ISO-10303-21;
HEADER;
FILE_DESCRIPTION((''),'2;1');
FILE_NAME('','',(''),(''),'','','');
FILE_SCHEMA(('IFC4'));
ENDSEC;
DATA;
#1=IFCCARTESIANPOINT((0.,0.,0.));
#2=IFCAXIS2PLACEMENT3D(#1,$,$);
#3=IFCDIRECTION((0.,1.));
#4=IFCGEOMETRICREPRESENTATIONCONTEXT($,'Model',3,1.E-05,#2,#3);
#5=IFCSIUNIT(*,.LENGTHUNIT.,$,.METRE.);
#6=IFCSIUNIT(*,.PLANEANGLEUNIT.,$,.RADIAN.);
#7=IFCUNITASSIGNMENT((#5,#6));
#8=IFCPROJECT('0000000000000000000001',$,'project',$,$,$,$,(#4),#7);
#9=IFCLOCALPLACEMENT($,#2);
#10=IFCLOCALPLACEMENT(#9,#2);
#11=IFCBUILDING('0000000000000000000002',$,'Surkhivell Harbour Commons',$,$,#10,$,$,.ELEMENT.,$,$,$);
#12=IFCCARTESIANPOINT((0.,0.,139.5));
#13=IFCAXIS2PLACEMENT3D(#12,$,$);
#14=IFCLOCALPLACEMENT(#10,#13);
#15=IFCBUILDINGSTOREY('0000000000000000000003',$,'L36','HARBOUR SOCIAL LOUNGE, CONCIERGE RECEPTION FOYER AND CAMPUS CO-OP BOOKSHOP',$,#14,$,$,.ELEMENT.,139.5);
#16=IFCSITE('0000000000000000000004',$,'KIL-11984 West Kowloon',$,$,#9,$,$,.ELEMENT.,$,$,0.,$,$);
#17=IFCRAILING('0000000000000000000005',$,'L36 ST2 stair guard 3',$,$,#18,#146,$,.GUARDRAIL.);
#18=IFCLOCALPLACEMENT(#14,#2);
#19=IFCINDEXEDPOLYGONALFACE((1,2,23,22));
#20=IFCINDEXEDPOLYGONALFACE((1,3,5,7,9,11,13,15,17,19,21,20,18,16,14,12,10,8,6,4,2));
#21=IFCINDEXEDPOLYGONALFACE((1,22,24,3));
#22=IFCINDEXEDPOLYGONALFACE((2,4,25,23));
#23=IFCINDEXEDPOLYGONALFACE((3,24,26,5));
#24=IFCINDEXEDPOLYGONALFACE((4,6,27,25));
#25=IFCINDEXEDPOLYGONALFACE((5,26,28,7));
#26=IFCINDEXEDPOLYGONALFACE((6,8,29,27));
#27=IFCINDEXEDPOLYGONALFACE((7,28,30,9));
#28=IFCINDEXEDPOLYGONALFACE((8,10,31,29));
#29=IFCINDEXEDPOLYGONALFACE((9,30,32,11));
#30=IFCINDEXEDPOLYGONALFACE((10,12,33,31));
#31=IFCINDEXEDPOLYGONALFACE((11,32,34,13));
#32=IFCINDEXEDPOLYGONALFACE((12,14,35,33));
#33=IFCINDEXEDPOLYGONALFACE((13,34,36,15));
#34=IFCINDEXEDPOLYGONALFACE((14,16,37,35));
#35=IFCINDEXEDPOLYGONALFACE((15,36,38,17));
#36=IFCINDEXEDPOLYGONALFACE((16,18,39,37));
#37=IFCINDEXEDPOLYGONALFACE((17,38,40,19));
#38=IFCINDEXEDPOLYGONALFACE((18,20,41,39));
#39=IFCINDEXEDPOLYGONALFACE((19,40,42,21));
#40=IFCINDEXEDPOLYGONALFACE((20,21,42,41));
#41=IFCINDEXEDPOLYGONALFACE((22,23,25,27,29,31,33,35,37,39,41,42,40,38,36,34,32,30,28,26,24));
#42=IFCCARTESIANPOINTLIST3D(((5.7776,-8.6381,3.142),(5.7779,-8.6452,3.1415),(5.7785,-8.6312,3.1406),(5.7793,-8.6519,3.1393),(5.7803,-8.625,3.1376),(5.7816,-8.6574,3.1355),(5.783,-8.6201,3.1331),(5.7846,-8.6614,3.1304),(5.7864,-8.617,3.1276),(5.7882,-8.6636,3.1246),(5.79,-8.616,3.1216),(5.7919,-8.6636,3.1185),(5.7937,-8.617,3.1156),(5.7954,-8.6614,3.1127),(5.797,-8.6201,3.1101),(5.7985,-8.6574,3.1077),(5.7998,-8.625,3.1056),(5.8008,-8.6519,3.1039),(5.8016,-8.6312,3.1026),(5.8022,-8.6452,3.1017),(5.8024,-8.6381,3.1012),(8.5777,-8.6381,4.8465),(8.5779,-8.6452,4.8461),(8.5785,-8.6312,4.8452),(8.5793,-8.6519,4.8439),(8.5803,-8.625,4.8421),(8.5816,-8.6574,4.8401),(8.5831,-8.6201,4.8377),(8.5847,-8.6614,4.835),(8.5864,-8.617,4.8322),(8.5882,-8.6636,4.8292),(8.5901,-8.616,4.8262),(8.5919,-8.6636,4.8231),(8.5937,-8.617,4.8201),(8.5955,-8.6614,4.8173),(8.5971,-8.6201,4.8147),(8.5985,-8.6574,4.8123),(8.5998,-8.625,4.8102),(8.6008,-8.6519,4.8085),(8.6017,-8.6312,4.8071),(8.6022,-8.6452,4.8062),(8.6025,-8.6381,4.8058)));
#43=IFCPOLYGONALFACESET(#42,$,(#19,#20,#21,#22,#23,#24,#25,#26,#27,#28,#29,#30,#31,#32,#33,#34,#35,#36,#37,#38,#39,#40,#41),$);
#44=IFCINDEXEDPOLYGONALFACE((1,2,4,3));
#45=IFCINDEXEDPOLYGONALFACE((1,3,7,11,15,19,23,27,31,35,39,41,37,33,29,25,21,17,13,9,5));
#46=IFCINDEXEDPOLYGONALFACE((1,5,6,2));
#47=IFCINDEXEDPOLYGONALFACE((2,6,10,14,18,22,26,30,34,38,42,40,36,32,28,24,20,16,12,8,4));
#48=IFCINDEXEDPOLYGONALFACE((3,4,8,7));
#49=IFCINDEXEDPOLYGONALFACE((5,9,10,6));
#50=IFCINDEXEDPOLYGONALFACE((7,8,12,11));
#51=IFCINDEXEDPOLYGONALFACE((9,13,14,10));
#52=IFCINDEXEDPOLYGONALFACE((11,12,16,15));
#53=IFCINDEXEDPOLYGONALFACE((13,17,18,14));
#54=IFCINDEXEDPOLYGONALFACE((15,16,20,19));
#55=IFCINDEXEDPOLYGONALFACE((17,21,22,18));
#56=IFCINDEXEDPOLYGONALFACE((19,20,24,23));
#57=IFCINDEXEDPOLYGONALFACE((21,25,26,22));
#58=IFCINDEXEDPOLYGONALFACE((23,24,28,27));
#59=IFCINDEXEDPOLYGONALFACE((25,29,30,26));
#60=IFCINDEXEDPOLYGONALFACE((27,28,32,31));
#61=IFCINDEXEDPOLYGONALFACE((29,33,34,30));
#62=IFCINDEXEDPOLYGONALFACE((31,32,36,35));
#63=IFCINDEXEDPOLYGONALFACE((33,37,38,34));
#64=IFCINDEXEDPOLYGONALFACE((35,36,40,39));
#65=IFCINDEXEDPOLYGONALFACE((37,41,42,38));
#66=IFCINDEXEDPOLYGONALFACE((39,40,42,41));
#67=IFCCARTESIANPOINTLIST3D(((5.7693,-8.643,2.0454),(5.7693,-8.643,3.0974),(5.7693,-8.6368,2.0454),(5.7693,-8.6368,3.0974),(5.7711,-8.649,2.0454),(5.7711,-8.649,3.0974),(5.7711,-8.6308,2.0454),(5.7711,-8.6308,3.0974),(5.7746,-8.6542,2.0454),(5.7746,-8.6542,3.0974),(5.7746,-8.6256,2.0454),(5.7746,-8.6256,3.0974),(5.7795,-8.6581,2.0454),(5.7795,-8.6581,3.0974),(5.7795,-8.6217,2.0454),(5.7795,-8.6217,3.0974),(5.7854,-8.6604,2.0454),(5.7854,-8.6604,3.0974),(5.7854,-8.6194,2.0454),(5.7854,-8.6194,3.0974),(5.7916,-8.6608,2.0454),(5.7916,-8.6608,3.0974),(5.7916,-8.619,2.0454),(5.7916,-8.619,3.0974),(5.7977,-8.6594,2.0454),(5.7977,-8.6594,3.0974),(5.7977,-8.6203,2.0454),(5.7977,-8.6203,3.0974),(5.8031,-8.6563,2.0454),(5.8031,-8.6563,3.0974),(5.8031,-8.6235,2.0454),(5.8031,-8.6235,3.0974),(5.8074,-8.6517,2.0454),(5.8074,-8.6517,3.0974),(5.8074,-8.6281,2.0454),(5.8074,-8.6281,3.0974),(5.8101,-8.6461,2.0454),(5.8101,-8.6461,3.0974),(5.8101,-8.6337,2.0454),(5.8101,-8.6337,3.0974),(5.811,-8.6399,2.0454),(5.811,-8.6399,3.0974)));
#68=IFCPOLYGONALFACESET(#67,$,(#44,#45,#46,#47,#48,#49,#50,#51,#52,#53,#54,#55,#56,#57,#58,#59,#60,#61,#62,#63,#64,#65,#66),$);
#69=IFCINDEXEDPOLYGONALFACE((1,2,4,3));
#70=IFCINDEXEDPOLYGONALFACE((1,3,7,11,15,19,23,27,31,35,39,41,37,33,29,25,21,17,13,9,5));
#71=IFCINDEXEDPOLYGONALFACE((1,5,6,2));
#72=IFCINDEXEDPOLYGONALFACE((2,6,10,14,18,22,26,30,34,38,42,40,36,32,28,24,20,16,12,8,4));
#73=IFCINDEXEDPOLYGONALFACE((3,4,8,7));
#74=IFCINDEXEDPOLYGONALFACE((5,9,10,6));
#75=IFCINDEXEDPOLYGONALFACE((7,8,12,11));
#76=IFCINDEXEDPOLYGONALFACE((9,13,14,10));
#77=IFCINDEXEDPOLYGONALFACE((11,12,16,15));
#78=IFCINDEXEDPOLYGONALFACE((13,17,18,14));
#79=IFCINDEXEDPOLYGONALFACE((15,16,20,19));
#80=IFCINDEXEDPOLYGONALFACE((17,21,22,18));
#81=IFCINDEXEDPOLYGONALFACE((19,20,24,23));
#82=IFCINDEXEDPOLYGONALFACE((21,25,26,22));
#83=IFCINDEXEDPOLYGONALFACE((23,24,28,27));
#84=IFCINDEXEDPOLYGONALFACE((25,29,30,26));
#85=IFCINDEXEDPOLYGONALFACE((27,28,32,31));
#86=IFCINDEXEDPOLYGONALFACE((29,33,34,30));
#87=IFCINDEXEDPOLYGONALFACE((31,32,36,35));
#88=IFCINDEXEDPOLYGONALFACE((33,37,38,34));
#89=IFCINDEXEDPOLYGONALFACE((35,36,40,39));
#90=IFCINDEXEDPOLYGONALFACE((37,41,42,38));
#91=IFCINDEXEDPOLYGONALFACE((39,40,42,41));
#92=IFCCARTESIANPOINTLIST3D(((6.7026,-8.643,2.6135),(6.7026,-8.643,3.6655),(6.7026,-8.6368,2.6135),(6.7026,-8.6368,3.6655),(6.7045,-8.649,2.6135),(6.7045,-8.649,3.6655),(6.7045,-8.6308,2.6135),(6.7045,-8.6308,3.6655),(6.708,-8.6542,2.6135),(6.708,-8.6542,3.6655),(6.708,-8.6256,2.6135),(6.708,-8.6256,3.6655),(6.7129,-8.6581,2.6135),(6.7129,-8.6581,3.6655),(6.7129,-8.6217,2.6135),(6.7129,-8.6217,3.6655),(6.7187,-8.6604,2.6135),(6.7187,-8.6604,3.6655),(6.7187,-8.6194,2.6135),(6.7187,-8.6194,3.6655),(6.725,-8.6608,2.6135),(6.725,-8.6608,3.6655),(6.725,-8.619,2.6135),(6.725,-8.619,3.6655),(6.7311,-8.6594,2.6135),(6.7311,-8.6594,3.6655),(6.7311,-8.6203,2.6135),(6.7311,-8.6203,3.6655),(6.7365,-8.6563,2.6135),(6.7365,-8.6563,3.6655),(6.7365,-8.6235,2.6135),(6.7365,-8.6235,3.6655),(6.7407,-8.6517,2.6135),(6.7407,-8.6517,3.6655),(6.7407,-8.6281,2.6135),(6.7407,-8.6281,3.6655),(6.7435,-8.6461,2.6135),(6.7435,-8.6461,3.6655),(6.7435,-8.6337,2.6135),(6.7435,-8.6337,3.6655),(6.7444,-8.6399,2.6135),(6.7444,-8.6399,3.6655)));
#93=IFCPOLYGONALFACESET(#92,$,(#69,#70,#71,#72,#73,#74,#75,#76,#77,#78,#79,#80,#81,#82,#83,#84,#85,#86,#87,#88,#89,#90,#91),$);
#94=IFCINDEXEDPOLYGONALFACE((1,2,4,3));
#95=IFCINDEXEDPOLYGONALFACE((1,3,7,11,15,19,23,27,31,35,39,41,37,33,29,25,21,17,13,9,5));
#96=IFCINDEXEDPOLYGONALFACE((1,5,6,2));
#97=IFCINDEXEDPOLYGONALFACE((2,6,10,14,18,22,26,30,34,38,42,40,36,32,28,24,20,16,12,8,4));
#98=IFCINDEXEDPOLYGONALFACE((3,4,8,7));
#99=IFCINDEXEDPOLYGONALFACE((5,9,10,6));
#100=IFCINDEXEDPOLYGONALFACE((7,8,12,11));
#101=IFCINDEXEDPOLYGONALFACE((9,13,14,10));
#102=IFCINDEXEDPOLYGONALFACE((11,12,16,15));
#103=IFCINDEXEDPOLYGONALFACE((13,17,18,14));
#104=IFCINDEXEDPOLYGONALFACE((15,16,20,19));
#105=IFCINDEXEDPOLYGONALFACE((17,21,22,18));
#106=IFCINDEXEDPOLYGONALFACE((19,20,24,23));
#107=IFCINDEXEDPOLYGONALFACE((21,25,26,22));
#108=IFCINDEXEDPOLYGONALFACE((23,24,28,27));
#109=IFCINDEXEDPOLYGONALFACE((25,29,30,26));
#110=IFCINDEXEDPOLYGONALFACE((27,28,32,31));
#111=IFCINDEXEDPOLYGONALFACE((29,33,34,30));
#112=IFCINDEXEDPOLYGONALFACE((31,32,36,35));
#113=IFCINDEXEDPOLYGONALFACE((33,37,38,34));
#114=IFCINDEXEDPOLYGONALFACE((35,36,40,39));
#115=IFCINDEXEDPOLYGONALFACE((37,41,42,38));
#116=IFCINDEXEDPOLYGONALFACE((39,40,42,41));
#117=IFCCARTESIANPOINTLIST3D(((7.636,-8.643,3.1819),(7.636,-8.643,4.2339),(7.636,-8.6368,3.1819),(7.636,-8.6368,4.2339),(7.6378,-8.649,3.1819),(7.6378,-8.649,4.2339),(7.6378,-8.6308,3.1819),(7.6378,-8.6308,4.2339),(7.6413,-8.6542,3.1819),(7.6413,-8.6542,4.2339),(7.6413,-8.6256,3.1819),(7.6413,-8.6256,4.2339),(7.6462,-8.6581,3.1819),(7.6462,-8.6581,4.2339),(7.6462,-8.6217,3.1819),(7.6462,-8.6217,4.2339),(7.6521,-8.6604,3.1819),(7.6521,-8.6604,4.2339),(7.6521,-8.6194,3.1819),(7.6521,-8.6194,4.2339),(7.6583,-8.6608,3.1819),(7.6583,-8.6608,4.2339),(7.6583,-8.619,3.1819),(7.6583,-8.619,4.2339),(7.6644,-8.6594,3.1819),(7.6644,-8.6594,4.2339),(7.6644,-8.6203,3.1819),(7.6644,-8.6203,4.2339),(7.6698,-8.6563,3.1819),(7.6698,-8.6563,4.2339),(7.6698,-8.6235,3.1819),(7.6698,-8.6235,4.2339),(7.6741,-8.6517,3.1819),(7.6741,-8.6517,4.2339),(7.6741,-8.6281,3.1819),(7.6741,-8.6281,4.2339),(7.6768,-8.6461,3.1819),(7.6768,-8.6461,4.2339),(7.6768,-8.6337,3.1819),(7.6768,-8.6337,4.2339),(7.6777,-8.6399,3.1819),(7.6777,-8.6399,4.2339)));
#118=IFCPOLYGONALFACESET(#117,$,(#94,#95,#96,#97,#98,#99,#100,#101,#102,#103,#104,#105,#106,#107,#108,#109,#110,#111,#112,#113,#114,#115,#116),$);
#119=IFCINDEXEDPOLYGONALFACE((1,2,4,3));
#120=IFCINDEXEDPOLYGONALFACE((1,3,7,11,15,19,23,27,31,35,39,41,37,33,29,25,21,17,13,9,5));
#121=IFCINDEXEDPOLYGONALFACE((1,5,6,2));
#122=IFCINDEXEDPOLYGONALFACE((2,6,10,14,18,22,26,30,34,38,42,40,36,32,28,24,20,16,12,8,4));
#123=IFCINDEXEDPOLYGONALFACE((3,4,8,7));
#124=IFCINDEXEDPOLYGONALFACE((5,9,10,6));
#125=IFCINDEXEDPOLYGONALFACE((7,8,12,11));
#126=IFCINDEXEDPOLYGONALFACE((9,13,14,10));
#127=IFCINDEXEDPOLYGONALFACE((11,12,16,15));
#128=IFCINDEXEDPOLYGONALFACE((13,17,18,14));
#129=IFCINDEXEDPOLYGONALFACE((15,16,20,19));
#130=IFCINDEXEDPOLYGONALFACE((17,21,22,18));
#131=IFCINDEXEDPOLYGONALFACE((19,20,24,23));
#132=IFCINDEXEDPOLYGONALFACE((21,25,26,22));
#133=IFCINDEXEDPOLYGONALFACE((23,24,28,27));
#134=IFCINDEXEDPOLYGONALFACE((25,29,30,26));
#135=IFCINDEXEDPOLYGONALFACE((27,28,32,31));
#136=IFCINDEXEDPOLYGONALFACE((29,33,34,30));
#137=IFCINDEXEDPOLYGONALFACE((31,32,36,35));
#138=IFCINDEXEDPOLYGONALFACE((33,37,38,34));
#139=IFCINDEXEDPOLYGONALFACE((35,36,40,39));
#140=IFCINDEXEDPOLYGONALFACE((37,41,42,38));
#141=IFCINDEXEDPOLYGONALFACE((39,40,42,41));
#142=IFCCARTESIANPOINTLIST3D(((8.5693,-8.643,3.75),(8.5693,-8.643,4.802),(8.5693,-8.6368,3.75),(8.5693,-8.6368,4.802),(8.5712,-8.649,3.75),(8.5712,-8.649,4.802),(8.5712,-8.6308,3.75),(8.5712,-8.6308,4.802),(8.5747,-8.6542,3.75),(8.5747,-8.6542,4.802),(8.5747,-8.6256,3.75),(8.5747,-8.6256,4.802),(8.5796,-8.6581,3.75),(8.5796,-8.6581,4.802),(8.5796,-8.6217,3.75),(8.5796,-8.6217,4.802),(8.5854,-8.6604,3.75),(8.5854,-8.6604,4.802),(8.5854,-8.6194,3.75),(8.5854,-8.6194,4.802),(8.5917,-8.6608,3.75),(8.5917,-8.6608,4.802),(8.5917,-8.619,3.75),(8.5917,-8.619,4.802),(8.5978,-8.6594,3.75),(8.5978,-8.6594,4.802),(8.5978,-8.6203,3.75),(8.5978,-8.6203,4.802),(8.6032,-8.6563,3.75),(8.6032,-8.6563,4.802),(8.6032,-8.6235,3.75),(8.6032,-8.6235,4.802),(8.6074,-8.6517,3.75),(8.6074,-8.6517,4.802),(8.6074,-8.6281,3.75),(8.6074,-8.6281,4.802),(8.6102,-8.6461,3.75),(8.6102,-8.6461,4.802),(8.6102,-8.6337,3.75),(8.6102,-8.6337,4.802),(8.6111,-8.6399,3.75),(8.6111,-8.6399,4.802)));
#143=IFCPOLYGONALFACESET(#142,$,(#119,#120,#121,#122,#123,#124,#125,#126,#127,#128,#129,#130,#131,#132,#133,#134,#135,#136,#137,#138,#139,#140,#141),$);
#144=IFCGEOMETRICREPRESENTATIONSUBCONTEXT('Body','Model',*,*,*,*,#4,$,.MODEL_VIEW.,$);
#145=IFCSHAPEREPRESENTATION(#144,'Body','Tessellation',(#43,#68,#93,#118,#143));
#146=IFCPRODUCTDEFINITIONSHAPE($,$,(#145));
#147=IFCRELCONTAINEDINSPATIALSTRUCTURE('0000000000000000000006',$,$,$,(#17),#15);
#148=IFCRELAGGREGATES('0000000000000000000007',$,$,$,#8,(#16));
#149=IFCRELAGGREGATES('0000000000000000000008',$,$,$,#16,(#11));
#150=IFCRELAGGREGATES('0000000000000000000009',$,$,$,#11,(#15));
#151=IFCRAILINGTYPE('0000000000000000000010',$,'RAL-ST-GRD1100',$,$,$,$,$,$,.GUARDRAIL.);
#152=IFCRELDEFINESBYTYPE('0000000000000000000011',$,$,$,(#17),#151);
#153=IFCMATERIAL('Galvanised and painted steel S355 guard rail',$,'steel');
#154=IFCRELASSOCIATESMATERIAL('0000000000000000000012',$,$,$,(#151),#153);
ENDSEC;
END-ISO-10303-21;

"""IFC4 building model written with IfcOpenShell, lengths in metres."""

from ifc_helpers import new_model, si_unit, direction, frame, origin, origin_2d, place, context, subcontext, project, spatial, circle, extrude, material, type_object, element, save


model = new_model("IFC4")

# Units and contexts
model_context = context("Model", 3, precision=1e-05, world=origin(), true_north=direction((0.0, 1.0)))
body_context = subcontext(model_context, "Body", "Model", "MODEL_VIEW")
ifc_project = project(units=[si_unit("LENGTHUNIT", "METRE"), si_unit("PLANEANGLEUNIT", "RADIAN")], contexts=[model_context])

# Site, building, storey
site_placement = place(None, origin())
site = spatial("IfcSite", under=ifc_project, at=site_placement, Name="KIL-11984 West Kowloon", CompositionType="ELEMENT", RefElevation=0.0)
building_placement = place(site_placement, origin())
building = spatial("IfcBuilding", under=site, at=building_placement, Name="Surkhivell Harbour Commons", CompositionType="ELEMENT")
storey_placement = place(building_placement, frame((0.0, 0.0, 139.5)))
storey = spatial("IfcBuildingStorey", under=building, at=storey_placement, Name="L36", Description="HARBOUR SOCIAL LOUNGE, CONCIERGE RECEPTION FOYER AND CAMPUS CO-OP BOOKSHOP", CompositionType="ELEMENT", Elevation=139.5)

# Railing
ifc_material_1 = material(Name="Galvanised and painted steel S355 guard rail", Category="steel")
railing_type = type_object("IfcRailingType", Name="RAL-ST-GRD1100", PredefinedType="GUARDRAIL", material=ifc_material_1)
railing_1_placement = place(storey_placement, frame((5.79, -8.6399, 2.0454)))
element("IfcRailing", 1, at=railing_1_placement, inside=storey, type_object=railing_type, Name="L36 ST2 stair guard 3", PredefinedType="GUARDRAIL", context=body_context, shape_type="SweptSolid", body=[
    extrude(circle(Radius=0.0239, at=origin_2d()), frame((0.0, 0.0, 1.0762), z_axis=(0.85417, 0.0, 0.519994), x_axis=(0.0, 1.0, 0.0)), (0.0, 0.0, 1.0), 3.2781),
    extrude(circle(Radius=0.021, at=origin_2d()), origin(), (0.0, 0.0, 1.0), 1.052),
    extrude(circle(Radius=0.021, at=origin_2d()), frame((0.9333, 0.0, 0.5681)), (0.0, 0.0, 1.0), 1.052),
    extrude(circle(Radius=0.021, at=origin_2d()), frame((1.8667, 0.0, 1.1365)), (0.0, 0.0, 1.0), 1.052),
    extrude(circle(Radius=0.021, at=origin_2d()), frame((2.8, 0.0, 1.7046)), (0.0, 0.0, 1.0), 1.052),
])

save(model, "model.ifc")
